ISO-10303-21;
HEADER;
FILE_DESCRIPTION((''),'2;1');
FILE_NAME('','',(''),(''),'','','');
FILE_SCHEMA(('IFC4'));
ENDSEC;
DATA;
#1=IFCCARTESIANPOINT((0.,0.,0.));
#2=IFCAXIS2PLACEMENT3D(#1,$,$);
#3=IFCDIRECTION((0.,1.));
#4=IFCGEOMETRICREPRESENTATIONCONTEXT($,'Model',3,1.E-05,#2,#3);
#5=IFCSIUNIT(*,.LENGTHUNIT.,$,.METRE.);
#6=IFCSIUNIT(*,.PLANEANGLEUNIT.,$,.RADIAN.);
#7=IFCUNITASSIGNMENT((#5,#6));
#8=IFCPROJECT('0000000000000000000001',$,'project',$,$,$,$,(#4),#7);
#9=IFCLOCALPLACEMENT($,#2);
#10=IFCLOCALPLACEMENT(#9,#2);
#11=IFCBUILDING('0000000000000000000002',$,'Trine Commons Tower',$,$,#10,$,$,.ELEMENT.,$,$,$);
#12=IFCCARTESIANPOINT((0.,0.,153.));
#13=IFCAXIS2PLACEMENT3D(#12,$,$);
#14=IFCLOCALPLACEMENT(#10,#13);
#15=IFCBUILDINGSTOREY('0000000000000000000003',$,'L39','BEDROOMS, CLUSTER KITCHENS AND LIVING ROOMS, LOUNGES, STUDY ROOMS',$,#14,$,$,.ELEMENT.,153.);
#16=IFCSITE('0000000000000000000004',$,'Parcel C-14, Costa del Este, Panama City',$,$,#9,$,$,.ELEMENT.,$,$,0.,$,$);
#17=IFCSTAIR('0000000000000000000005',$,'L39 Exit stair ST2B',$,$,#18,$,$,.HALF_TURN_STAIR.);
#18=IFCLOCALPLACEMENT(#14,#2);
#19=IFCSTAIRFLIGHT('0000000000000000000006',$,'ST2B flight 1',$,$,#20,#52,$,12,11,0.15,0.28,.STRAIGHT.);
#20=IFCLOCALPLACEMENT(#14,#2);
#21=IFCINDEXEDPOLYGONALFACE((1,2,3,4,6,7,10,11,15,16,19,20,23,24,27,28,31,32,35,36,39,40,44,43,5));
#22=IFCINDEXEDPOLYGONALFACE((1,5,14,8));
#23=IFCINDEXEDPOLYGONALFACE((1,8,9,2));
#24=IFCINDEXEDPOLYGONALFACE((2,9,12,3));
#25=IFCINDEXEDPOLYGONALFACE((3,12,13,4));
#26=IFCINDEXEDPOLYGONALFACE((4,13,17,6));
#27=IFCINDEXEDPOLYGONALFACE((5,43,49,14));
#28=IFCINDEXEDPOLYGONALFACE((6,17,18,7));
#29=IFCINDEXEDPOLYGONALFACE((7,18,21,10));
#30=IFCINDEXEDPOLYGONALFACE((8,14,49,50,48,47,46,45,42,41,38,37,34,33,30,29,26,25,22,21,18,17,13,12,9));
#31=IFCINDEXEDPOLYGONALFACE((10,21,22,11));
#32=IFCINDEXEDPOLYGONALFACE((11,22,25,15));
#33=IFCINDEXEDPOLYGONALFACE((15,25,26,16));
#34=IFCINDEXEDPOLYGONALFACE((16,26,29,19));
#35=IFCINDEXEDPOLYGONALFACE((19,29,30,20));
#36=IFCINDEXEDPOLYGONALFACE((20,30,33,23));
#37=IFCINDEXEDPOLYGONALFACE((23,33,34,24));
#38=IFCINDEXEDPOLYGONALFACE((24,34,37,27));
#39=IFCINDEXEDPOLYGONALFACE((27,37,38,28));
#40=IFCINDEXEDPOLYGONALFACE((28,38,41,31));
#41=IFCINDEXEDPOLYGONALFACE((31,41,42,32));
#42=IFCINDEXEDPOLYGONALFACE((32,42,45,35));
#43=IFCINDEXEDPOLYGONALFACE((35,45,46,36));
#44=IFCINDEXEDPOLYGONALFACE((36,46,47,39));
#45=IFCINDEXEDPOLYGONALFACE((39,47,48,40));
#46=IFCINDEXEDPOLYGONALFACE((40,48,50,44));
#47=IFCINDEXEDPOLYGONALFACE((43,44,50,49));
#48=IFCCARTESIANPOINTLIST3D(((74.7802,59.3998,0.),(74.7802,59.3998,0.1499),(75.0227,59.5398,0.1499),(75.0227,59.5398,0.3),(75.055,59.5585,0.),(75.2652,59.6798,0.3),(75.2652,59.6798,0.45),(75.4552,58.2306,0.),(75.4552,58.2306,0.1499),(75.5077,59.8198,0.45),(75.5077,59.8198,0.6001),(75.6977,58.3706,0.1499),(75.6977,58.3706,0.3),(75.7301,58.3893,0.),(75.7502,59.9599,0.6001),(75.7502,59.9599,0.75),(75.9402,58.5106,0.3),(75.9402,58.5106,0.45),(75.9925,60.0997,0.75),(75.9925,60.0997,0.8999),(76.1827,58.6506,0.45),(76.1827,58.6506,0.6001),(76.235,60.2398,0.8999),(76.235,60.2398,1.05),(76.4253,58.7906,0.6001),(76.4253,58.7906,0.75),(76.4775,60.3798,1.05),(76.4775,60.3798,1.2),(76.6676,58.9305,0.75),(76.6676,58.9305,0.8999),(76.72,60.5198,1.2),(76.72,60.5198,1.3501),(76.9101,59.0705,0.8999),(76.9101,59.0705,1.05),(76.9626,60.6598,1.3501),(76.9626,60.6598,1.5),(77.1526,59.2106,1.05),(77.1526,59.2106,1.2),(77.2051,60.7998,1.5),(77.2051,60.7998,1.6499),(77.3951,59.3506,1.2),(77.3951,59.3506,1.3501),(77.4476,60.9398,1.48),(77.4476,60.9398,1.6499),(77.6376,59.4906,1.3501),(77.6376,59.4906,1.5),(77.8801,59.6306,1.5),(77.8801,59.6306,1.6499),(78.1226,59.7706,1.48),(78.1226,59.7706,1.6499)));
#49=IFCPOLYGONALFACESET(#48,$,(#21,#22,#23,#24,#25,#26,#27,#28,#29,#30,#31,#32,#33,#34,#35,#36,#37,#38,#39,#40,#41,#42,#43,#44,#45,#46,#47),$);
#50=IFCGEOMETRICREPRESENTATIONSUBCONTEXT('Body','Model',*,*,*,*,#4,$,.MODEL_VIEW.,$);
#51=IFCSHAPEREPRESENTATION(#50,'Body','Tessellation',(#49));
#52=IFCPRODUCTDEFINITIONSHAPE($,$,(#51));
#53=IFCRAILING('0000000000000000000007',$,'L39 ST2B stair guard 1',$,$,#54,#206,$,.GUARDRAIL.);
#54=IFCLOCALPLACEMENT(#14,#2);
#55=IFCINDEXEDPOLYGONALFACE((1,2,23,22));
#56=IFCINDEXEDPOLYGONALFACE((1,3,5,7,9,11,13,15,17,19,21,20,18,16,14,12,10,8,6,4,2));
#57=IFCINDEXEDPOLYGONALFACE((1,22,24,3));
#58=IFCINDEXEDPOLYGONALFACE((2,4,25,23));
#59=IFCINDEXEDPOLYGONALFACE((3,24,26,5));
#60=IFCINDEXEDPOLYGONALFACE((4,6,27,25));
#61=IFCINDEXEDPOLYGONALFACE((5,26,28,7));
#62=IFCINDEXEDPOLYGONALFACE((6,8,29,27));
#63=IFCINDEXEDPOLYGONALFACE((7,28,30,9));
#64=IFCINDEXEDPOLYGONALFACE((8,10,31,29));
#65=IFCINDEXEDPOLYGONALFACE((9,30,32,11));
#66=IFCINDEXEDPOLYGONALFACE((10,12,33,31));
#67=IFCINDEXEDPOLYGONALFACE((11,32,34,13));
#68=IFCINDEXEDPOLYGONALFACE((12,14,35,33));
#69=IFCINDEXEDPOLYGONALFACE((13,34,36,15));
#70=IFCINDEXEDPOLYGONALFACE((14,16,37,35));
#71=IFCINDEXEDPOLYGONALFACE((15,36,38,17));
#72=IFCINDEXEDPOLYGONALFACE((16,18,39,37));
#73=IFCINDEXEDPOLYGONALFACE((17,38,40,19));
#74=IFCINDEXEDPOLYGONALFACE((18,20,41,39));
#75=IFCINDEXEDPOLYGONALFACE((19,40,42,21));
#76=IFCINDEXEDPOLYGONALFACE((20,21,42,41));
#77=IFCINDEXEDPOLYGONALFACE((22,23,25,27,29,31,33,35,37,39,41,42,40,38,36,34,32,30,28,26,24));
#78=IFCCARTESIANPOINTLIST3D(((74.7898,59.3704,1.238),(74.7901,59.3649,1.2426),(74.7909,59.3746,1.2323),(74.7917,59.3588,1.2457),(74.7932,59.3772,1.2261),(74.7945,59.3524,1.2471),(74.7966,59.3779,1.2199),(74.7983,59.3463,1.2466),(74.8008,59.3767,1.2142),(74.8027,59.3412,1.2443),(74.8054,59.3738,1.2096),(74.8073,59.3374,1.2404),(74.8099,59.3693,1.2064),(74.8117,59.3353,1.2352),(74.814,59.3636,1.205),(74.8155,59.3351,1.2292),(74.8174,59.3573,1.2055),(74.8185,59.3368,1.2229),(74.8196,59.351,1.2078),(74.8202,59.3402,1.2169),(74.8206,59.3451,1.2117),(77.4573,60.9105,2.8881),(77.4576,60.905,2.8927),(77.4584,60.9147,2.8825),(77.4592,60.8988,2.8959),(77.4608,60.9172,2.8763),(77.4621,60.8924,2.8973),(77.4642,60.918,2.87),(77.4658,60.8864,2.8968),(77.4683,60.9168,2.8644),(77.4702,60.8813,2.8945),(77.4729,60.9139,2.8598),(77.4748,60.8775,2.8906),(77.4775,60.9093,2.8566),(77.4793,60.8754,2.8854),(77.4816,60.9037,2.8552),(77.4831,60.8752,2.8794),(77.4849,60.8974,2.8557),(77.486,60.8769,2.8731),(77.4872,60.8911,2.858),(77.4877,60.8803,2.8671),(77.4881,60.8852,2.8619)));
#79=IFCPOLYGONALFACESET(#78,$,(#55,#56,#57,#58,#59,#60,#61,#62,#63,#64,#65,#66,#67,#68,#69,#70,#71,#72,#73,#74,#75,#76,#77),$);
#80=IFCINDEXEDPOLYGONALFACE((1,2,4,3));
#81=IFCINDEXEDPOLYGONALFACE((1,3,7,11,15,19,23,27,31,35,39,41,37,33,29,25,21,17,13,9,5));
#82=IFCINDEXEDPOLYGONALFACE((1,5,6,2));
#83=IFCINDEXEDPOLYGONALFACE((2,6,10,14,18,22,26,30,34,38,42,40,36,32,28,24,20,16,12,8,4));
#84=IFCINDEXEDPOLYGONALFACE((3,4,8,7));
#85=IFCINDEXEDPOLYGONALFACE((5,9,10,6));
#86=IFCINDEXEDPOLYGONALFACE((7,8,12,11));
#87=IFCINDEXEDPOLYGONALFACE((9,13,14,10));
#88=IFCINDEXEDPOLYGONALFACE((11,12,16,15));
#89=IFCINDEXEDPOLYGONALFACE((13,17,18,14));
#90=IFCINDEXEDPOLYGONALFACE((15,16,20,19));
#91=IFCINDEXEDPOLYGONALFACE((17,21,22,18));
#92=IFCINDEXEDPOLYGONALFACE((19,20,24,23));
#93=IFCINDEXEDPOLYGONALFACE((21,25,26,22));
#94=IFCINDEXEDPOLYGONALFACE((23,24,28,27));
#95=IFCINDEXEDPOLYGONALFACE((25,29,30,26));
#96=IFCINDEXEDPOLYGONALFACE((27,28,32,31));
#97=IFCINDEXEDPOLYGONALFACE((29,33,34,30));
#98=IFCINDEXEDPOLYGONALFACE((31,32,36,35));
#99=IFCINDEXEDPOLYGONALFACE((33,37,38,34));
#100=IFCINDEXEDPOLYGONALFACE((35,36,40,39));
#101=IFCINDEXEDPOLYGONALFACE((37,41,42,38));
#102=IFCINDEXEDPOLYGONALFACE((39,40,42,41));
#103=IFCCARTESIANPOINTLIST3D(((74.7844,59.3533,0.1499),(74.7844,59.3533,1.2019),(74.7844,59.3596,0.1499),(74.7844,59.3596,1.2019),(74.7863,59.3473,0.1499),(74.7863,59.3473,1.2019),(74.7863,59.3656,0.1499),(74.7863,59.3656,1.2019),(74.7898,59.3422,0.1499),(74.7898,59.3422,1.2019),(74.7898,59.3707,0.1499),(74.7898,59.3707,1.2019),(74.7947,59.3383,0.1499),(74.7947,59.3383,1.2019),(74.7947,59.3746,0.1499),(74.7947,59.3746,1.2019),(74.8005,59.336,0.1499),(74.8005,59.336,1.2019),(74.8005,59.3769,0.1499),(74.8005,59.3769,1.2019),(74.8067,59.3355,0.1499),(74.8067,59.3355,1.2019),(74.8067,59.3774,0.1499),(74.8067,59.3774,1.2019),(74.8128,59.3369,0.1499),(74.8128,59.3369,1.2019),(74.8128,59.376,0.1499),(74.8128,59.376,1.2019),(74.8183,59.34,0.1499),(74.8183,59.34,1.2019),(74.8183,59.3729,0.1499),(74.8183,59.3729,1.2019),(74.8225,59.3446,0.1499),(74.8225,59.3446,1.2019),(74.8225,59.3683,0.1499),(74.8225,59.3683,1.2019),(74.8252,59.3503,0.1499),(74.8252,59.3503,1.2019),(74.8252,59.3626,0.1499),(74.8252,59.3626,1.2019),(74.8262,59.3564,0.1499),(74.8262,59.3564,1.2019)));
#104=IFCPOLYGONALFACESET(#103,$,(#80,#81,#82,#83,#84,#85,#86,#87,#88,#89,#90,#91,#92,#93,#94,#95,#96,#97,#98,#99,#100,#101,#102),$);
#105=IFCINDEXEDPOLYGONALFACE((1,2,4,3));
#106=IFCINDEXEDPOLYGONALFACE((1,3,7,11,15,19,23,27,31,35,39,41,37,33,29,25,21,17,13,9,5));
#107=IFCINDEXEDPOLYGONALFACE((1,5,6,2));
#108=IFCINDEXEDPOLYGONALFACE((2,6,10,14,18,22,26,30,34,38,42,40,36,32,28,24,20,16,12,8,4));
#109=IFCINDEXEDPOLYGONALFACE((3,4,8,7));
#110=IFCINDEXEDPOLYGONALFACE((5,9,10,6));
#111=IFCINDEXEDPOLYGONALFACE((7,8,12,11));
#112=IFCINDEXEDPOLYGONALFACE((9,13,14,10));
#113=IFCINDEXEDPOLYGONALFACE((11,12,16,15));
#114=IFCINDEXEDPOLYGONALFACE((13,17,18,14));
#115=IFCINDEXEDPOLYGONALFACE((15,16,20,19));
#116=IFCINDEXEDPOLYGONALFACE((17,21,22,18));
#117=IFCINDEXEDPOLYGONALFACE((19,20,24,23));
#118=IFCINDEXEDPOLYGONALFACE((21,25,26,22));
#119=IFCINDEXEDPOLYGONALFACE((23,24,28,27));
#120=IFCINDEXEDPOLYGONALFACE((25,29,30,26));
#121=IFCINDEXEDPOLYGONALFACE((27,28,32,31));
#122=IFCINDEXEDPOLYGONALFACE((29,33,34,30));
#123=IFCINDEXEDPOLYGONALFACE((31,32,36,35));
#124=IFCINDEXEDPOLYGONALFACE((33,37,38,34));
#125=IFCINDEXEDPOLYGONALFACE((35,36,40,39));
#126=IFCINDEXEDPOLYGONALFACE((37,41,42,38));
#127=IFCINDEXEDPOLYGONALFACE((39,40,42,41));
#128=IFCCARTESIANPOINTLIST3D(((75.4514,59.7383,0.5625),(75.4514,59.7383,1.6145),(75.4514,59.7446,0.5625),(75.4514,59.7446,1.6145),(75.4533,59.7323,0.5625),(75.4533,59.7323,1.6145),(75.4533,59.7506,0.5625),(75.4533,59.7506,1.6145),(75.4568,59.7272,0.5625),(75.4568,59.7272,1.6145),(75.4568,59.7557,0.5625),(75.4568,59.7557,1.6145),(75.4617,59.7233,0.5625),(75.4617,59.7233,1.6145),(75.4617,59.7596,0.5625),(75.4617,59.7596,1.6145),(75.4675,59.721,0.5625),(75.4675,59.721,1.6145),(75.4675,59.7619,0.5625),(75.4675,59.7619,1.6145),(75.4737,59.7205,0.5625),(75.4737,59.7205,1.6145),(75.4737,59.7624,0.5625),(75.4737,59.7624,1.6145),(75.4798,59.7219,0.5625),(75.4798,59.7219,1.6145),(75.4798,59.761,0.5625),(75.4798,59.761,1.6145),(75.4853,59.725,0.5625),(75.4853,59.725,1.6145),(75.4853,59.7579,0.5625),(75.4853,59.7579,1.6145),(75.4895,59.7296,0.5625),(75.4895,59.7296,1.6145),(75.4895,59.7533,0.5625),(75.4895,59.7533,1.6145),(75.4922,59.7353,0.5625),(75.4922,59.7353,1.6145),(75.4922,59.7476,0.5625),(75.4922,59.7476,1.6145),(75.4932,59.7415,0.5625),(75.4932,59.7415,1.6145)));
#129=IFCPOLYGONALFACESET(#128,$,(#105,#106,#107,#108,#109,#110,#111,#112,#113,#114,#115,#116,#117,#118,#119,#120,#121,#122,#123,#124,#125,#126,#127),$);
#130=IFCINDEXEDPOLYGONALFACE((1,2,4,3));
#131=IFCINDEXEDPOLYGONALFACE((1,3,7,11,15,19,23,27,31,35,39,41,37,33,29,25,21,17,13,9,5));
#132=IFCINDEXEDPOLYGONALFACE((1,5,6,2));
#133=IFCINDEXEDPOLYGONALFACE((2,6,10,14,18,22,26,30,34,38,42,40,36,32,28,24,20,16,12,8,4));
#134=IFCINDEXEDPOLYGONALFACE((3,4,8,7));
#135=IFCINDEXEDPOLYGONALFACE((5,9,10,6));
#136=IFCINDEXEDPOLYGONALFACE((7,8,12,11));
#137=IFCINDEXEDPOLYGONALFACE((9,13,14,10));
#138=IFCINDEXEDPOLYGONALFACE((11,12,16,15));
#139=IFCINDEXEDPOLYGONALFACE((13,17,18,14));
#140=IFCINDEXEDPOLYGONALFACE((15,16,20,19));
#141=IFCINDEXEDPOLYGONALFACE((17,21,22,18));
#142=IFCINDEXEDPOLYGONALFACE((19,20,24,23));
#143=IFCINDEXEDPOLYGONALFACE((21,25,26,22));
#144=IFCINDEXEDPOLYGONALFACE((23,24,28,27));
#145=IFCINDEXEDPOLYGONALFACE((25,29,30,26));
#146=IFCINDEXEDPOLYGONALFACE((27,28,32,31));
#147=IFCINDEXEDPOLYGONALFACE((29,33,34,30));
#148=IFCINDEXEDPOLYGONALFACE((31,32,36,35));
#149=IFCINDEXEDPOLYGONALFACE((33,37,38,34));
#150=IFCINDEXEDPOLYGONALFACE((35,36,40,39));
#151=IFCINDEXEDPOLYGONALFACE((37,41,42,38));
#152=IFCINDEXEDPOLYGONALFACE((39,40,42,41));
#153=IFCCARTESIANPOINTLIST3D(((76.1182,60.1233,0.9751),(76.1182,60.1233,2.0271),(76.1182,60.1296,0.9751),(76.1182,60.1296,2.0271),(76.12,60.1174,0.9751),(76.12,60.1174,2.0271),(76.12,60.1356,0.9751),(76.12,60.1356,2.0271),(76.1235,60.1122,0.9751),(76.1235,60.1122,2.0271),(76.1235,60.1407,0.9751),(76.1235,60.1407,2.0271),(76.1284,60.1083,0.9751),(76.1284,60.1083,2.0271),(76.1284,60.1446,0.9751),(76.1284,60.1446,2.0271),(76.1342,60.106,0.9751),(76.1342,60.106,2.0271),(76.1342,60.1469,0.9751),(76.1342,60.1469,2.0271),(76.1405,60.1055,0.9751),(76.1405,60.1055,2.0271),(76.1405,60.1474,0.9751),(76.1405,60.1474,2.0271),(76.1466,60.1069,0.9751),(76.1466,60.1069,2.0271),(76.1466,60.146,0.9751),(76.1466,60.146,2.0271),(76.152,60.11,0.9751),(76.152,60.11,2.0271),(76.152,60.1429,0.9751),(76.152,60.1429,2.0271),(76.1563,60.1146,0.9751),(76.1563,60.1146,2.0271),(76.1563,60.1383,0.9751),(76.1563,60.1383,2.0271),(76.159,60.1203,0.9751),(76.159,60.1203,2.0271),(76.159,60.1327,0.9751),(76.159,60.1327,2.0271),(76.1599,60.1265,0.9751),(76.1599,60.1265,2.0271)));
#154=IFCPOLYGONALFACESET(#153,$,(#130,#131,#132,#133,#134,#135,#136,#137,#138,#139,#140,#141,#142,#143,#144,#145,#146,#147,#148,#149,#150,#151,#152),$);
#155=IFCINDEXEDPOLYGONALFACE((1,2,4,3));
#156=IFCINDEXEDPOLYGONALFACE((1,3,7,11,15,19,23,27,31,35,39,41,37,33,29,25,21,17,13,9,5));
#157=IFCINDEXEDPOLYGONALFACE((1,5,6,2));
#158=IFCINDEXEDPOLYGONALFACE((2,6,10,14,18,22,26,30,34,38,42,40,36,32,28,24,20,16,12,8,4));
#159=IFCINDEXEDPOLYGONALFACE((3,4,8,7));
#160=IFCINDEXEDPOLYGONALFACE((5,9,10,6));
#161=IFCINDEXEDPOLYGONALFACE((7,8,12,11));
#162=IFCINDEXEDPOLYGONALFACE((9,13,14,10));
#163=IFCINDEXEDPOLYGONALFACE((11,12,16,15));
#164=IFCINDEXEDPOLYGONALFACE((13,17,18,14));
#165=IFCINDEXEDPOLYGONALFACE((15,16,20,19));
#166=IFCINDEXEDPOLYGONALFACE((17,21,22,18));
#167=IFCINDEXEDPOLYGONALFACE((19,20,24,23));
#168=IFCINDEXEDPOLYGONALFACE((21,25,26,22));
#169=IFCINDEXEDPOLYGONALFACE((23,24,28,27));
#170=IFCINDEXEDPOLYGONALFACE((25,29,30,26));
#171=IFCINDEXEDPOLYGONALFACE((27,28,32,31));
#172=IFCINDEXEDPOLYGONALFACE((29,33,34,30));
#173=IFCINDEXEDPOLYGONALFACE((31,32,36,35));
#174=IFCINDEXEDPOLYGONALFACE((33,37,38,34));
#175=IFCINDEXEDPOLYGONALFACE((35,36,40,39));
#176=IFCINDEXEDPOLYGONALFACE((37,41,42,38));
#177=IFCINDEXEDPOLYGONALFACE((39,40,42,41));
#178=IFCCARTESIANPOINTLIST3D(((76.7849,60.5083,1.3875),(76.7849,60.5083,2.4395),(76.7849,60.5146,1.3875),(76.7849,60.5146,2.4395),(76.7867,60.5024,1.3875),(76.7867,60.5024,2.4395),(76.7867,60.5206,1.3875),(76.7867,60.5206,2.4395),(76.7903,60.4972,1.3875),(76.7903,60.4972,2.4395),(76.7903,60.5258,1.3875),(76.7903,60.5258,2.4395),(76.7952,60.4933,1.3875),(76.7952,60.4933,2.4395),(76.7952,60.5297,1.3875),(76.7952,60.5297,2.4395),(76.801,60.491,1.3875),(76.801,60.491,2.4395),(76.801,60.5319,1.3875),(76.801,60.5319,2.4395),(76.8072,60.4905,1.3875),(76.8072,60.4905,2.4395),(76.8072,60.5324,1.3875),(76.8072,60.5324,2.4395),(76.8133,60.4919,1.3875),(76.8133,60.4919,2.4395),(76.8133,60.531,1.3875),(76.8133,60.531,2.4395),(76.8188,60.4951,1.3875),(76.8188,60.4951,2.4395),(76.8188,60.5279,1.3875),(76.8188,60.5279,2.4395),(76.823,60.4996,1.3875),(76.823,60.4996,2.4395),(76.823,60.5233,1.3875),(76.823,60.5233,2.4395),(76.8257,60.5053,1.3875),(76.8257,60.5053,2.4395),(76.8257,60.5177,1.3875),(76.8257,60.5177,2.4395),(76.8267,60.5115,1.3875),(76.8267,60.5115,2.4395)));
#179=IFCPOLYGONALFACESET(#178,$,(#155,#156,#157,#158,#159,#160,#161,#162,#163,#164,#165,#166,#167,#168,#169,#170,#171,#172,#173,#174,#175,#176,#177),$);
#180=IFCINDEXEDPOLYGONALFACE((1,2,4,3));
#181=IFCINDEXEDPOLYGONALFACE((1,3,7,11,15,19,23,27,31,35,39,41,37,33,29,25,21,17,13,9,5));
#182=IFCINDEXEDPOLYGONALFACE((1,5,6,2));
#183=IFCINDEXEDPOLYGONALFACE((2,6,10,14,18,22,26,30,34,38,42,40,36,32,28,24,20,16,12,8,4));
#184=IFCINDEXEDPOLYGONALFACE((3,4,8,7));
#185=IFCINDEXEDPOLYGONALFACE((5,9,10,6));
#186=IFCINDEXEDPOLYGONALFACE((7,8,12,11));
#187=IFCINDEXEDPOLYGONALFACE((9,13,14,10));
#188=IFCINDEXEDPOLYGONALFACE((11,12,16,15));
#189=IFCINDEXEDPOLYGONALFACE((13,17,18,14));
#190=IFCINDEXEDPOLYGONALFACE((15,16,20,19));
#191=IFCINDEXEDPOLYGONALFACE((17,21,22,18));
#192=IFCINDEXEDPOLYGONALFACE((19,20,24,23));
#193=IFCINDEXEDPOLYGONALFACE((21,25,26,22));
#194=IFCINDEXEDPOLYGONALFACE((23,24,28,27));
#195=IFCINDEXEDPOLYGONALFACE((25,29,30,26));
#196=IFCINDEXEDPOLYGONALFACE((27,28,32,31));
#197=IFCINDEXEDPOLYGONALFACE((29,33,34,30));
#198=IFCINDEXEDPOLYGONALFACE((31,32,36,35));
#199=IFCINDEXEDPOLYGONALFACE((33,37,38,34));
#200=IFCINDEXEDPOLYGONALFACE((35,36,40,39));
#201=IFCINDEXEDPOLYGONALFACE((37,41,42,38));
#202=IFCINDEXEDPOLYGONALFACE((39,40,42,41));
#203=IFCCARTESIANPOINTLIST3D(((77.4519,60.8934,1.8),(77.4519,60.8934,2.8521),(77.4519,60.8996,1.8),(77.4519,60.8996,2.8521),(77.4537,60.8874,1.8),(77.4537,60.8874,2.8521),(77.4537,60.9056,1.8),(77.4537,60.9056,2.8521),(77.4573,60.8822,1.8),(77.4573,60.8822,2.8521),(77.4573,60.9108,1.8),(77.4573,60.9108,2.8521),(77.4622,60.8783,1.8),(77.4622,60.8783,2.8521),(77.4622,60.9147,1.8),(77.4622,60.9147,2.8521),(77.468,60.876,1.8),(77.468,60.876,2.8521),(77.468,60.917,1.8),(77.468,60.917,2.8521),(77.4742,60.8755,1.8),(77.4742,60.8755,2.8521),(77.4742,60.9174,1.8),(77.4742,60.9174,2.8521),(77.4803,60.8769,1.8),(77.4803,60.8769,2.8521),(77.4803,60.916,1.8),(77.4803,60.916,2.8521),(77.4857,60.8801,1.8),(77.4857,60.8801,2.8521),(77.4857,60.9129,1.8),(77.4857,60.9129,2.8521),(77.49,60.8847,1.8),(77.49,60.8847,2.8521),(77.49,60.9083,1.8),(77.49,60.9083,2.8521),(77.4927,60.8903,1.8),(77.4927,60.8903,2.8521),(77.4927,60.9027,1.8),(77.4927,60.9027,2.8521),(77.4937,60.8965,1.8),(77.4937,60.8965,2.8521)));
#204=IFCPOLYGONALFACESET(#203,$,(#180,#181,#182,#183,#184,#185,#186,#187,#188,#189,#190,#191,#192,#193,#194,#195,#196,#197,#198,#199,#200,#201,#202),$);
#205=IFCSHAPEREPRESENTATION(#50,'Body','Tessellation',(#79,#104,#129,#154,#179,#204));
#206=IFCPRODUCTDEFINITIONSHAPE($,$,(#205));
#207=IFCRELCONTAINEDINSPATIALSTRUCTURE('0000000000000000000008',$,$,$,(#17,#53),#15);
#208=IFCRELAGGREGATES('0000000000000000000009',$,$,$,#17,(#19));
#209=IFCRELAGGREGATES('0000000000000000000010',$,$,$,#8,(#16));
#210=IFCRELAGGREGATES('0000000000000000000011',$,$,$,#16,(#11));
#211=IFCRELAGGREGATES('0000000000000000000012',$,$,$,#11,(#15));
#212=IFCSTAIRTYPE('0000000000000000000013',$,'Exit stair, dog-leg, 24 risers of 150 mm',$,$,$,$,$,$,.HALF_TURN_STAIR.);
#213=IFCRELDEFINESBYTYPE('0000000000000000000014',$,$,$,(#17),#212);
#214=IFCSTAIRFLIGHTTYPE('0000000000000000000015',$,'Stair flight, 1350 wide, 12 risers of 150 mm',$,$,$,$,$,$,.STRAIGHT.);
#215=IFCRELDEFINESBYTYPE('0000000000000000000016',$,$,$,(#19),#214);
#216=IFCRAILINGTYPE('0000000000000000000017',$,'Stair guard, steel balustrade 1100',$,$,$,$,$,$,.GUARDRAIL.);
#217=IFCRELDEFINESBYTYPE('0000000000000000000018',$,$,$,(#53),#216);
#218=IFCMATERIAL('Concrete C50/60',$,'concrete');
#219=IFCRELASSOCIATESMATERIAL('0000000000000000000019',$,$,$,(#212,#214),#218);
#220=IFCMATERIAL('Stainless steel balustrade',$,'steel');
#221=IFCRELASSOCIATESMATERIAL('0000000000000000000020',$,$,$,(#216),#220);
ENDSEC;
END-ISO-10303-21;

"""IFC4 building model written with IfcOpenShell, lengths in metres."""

from ifc_helpers import new_model, si_unit, direction, frame, origin, origin_2d, place, context, subcontext, project, spatial, polyline, circle, outline, extrude, material, type_object, element, aggregate, save


model = new_model("IFC4")

# Units and contexts
model_context = context("Model", 3, precision=1e-05, world=origin(), true_north=direction((0.0, 1.0)))
body_context = subcontext(model_context, "Body", "Model", "MODEL_VIEW")
ifc_project = project(units=[si_unit("LENGTHUNIT", "METRE"), si_unit("PLANEANGLEUNIT", "RADIAN")], contexts=[model_context])

# Site, building, storey
site_placement = place(None, origin())
site = spatial("IfcSite", under=ifc_project, at=site_placement, Name="Parcel C-14, Costa del Este, Panama City", CompositionType="ELEMENT", RefElevation=0.0)
building_placement = place(site_placement, origin())
building = spatial("IfcBuilding", under=site, at=building_placement, Name="Trine Commons Tower", CompositionType="ELEMENT")
storey_placement = place(building_placement, frame((0.0, 0.0, 153.0)))
storey = spatial("IfcBuildingStorey", under=building, at=storey_placement, Name="L39", Description="BEDROOMS, CLUSTER KITCHENS AND LIVING ROOMS, LOUNGES, STUDY ROOMS", CompositionType="ELEMENT", Elevation=153.0)

# Stair, stair flight
ifc_material_1 = material(Name="Concrete C50/60", Category="concrete")
stair_type = type_object("IfcStairType", Name="Exit stair, dog-leg, 24 risers of 150 mm", PredefinedType="HALF_TURN_STAIR", material=ifc_material_1)
stair_placement = place(storey_placement, origin())
stair = element("IfcStair", 1, at=stair_placement, inside=storey, type_object=stair_type, Name="L39 Exit stair ST2B", PredefinedType="HALF_TURN_STAIR")
stair_flight_type = type_object("IfcStairFlightType", Name="Stair flight, 1350 wide, 12 risers of 150 mm", PredefinedType="STRAIGHT", material=ifc_material_1)
stair_flight_placement = place(storey_placement, frame((75.1177, 58.8152, 0.0), z_axis=(0.0, 0.0, 1.0), x_axis=(0.866025, 0.5, 0.0)))
stair_flight = element("IfcStairFlight", 2, at=stair_flight_placement, type_object=stair_flight_type, Name="ST2B flight 1", NumberOfRisers=12, NumberOfTreads=11, PredefinedType="STRAIGHT", RiserHeight=0.15, TreadLength=0.28, context=body_context, shape_type="SweptSolid", body=[
    extrude(outline(polyline([(0.0, 0.0), (0.0, 0.1499), (0.28, 0.1499), (0.28, 0.3), (0.5601, 0.3), (0.5601, 0.45), (0.8401, 0.45), (0.8401, 0.6001), (1.1201, 0.6001), (1.1201, 0.75), (1.3999, 0.75), (1.3999, 0.8999), (1.6799, 0.8999), (1.6799, 1.05), (1.96, 1.05), (1.96, 1.2), (2.24, 1.2), (2.24, 1.3501), (2.52, 1.3501), (2.52, 1.5), (2.8, 1.5), (2.8, 1.6499), (3.0801, 1.6499), (3.0801, 1.8), (3.0801, 1.48), (0.3174, 0.0), (0.0, 0.0)])), frame((0.0, 0.675, 0.0), z_axis=(0.0, -1.0, 0.0), x_axis=(1.0, 0.0, 0.0)), (0.0, 0.0, 1.0), 1.3501),
])
aggregate(stair, [stair_flight])

# Railing
ifc_material_2 = material(Name="Stainless steel balustrade", Category="steel")
railing_type_1 = type_object("IfcRailingType", Name="Stair guard, steel balustrade 1100", PredefinedType="GUARDRAIL", material=ifc_material_2)
railing_1_placement = place(storey_placement, frame((74.8052, 59.3564, 0.1499)))
element("IfcRailing", 3, at=railing_1_placement, inside=storey, type_object=railing_type_1, Name="L39 ST2B stair guard 1", PredefinedType="GUARDRAIL", context=body_context, shape_type="SweptSolid", body=[
    extrude(circle(Radius=0.0239, at=origin_2d()), frame((0.0, 0.0, 1.0762), z_axis=(0.76338, 0.440728, 0.472239), x_axis=(-0.499992, 0.86603, 0.0)), (0.0, 0.0, 1.0), 3.4944),
    extrude(circle(Radius=0.021, at=origin_2d()), origin(), (0.0, 0.0, 1.0), 1.052),
    extrude(circle(Radius=0.021, at=origin_2d()), frame((0.667, 0.385, 0.4126)), (0.0, 0.0, 1.0), 1.052),
    extrude(circle(Radius=0.021, at=origin_2d()), frame((1.3337, 0.77, 0.8252)), (0.0, 0.0, 1.0), 1.052),
    extrude(circle(Radius=0.021, at=origin_2d()), frame((2.0005, 1.155, 1.2375)), (0.0, 0.0, 1.0), 1.052),
    extrude(circle(Radius=0.021, at=origin_2d()), frame((2.6675, 1.54, 1.6501)), (0.0, 0.0, 1.0), 1.052),
])

save(model, "model.ifc")
